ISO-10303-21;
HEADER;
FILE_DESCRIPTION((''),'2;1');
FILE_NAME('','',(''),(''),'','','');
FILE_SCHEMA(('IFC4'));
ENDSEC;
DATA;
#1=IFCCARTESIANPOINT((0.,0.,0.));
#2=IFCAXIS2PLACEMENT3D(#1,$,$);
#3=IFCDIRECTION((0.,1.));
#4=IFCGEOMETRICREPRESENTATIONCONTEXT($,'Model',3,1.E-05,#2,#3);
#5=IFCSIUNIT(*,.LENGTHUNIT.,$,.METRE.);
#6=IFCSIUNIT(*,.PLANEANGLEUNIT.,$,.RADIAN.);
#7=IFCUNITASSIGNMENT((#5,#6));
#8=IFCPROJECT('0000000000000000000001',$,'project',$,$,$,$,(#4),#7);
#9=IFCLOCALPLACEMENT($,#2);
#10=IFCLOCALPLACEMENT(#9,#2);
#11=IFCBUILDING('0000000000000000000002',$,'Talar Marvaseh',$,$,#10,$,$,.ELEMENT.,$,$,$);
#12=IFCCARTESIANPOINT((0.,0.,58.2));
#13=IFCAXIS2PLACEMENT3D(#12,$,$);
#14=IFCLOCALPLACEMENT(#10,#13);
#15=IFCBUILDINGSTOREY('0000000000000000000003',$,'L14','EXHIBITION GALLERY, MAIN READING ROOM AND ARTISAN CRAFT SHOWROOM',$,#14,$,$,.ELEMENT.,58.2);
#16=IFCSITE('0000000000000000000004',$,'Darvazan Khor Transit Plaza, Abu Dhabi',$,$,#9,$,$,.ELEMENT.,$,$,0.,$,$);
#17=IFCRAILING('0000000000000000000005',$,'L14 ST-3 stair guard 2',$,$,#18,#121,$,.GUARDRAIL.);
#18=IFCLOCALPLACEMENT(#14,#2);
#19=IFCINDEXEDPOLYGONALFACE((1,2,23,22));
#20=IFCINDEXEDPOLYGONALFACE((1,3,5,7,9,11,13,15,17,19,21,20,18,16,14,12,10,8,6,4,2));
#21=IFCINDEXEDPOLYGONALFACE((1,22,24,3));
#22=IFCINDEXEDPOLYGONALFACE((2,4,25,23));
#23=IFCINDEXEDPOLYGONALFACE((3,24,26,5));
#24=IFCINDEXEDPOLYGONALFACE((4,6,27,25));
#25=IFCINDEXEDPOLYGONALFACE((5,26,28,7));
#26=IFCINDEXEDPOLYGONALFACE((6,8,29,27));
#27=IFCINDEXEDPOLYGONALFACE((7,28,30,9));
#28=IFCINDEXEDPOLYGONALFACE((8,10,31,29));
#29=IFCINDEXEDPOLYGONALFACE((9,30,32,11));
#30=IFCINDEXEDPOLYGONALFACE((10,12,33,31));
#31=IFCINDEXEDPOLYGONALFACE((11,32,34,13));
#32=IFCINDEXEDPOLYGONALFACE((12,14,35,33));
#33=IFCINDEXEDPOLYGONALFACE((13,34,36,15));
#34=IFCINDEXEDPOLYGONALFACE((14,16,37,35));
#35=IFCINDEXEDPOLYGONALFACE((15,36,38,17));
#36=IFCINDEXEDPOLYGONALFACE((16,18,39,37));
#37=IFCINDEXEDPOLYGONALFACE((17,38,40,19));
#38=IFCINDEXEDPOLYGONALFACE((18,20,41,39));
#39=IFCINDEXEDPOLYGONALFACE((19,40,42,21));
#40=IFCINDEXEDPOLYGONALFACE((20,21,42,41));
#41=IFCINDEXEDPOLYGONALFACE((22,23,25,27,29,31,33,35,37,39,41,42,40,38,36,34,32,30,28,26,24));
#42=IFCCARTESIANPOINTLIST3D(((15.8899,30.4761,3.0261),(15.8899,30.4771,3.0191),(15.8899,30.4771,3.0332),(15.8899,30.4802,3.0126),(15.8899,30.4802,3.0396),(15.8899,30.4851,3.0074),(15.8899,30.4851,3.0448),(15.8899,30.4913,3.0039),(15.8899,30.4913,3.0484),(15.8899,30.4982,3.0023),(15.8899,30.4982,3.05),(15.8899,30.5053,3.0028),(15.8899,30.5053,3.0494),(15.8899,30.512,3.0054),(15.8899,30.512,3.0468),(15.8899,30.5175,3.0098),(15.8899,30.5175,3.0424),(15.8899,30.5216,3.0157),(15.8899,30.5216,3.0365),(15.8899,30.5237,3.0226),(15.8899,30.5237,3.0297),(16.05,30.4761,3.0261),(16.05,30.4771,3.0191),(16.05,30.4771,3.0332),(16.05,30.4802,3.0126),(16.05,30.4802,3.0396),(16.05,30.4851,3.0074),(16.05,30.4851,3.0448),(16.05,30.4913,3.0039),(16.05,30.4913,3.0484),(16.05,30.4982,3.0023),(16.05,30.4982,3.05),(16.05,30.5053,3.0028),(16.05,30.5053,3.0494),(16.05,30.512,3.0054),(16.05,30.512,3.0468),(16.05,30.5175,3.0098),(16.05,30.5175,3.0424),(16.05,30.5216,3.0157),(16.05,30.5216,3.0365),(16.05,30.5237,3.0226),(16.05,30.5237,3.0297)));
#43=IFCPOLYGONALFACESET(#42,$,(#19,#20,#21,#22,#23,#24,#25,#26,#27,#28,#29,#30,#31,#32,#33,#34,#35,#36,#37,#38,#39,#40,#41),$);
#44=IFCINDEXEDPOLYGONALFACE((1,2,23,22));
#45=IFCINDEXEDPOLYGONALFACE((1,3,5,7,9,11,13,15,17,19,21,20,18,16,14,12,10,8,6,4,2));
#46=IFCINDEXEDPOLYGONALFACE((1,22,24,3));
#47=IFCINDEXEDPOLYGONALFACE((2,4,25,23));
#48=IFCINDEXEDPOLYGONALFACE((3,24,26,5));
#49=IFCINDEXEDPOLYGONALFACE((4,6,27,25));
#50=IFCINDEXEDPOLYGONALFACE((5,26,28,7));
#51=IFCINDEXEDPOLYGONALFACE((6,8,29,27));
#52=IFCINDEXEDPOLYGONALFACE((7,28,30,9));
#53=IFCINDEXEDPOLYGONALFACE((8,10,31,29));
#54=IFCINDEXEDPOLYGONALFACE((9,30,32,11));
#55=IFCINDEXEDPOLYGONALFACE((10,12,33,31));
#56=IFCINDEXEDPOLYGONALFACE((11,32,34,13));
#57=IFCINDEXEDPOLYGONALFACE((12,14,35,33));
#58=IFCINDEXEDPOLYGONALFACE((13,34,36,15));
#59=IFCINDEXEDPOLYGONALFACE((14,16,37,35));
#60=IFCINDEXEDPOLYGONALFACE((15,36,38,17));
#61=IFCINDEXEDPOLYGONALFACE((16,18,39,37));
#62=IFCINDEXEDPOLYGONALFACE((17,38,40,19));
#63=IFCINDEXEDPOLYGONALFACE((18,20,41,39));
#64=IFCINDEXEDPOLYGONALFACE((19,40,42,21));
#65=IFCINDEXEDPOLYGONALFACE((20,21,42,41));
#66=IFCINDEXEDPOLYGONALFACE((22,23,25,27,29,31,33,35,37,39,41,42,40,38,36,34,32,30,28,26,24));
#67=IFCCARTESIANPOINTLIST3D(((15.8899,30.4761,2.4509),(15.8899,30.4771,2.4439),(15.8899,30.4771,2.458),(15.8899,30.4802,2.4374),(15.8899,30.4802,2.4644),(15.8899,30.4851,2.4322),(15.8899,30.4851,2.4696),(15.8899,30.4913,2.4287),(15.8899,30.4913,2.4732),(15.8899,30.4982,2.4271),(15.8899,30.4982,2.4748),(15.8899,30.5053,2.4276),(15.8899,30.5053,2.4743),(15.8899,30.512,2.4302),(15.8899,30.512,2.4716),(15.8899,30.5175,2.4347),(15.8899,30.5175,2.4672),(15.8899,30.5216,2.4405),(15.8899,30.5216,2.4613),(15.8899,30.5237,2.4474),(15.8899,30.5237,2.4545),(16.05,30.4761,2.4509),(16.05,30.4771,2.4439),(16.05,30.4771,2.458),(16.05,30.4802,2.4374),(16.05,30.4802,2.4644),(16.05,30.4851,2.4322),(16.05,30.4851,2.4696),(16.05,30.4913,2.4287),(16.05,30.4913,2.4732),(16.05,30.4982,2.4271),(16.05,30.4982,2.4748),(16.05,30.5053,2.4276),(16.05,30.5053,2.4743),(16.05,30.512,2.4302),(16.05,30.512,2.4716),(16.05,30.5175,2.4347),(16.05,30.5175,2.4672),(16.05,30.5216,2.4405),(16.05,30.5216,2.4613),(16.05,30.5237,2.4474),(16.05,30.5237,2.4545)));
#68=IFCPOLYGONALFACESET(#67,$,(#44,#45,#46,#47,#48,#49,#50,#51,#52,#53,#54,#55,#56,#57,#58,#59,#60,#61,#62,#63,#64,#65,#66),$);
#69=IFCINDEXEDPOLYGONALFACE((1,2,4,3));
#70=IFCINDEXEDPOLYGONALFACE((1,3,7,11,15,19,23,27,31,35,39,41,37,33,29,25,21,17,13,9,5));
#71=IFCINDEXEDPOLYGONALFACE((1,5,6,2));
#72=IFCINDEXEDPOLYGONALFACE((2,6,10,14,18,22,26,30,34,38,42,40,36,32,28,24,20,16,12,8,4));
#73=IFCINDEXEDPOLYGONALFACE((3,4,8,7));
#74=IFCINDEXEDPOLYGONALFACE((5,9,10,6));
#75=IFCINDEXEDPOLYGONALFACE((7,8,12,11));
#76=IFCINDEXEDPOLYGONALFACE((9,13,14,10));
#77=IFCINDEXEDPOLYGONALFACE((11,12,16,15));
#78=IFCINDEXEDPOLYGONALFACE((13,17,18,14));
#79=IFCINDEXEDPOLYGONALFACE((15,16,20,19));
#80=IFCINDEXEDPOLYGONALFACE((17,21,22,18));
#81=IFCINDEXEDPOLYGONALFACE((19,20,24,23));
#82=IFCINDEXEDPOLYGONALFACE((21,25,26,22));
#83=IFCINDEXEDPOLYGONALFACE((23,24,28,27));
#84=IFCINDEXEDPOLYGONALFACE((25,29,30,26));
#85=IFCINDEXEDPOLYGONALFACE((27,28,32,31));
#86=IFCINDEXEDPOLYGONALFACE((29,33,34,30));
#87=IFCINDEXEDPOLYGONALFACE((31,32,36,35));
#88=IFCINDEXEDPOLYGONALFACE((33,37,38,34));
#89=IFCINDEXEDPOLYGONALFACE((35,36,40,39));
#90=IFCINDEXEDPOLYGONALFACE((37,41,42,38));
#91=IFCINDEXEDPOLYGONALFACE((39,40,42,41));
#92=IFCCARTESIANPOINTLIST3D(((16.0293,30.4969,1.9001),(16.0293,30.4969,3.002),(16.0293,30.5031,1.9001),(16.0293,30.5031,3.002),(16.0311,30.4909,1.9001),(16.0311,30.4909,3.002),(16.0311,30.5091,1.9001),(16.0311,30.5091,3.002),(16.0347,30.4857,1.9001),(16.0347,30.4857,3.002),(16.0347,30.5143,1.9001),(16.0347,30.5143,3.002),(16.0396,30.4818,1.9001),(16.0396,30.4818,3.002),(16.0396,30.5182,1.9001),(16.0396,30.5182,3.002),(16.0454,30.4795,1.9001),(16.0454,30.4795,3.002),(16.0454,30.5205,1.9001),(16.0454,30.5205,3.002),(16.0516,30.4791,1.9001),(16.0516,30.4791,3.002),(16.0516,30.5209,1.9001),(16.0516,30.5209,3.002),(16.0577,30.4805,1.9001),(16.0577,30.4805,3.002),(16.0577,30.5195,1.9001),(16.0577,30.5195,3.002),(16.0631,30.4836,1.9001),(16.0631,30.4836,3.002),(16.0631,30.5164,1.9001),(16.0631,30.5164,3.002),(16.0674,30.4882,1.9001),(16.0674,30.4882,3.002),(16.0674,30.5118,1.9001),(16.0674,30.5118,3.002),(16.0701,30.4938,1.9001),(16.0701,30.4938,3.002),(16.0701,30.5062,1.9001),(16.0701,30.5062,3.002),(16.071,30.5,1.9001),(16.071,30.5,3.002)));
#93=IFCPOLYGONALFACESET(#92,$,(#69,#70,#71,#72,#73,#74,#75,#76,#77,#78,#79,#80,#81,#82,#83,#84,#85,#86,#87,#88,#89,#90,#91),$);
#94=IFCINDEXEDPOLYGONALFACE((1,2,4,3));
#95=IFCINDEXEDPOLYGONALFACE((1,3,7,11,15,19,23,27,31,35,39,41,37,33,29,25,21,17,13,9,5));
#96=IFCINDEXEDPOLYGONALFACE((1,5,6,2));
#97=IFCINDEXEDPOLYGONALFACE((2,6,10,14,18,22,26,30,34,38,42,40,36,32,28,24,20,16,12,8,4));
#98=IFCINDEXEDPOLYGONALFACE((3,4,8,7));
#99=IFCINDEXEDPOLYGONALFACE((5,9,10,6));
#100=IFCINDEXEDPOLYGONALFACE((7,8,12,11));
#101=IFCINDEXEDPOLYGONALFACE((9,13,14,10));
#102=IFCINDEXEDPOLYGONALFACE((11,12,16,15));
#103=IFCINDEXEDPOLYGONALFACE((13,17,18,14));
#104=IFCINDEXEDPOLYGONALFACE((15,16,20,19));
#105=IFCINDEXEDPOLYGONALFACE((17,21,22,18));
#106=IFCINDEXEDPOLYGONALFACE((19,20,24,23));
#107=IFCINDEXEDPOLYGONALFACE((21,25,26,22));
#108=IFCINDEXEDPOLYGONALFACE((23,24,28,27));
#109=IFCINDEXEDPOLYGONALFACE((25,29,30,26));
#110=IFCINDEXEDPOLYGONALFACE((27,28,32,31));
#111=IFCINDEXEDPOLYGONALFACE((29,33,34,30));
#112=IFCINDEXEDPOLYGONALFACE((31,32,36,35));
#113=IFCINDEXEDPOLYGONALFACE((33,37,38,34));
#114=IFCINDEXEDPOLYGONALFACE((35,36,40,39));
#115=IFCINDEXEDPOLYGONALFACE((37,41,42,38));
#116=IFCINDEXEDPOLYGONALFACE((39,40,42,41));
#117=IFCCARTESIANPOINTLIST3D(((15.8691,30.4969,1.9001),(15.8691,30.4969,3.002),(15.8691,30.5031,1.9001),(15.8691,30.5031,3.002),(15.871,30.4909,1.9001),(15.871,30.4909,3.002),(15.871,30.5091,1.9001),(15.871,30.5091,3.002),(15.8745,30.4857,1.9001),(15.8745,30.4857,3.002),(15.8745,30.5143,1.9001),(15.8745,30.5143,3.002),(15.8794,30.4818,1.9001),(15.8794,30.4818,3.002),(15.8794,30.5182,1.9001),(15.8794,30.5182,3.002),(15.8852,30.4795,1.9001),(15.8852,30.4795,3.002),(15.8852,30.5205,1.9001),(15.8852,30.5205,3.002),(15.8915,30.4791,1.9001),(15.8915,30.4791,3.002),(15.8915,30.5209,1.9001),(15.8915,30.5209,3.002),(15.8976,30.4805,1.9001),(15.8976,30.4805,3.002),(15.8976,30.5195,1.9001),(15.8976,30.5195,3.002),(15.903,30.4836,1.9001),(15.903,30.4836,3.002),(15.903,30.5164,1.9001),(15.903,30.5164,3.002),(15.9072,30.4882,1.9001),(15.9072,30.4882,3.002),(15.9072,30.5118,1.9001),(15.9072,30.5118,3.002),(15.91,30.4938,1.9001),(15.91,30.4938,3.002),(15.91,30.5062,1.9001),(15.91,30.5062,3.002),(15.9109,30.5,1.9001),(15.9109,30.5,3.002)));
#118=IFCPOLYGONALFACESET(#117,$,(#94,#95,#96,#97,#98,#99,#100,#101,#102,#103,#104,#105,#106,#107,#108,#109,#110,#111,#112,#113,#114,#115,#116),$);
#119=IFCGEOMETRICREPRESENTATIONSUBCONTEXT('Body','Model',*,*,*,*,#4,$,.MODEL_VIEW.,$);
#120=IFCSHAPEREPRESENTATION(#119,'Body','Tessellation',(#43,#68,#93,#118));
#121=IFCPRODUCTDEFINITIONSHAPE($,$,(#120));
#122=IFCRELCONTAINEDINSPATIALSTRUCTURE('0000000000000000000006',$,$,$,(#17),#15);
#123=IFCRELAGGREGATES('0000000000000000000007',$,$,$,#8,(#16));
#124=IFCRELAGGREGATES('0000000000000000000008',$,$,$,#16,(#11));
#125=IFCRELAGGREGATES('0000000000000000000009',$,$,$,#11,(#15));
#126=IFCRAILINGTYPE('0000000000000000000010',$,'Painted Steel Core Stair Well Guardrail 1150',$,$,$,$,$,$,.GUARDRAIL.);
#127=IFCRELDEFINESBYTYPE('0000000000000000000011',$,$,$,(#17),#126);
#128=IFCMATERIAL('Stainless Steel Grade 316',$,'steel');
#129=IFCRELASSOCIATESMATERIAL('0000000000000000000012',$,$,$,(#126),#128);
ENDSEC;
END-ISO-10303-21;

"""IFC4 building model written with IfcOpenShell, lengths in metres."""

from ifc_helpers import new_model, si_unit, direction, frame, origin, origin_2d, place, context, subcontext, project, spatial, circle, extrude, material, type_object, element, save


model = new_model("IFC4")

# Units and contexts
model_context = context("Model", 3, precision=1e-05, world=origin(), true_north=direction((0.0, 1.0)))
body_context = subcontext(model_context, "Body", "Model", "MODEL_VIEW")
ifc_project = project(units=[si_unit("LENGTHUNIT", "METRE"), si_unit("PLANEANGLEUNIT", "RADIAN")], contexts=[model_context])

# Site, building, storey
site_placement = place(None, origin())
site = spatial("IfcSite", under=ifc_project, at=site_placement, Name="Darvazan Khor Transit Plaza, Abu Dhabi", CompositionType="ELEMENT", RefElevation=0.0)
building_placement = place(site_placement, origin())
building = spatial("IfcBuilding", under=site, at=building_placement, Name="Talar Marvaseh", CompositionType="ELEMENT")
storey_placement = place(building_placement, frame((0.0, 0.0, 58.2)))
storey = spatial("IfcBuildingStorey", under=building, at=storey_placement, Name="L14", Description="EXHIBITION GALLERY, MAIN READING ROOM AND ARTISAN CRAFT SHOWROOM", CompositionType="ELEMENT", Elevation=58.2)

# Railing
ifc_material_1 = material(Name="Stainless Steel Grade 316", Category="steel")
railing_type_1 = type_object("IfcRailingType", Name="Painted Steel Core Stair Well Guardrail 1150", PredefinedType="GUARDRAIL", material=ifc_material_1)
railing_1_placement = place(storey_placement, frame((16.05, 30.5, 1.9001)))
element("IfcRailing", 1, at=railing_1_placement, inside=storey, type_object=railing_type_1, Name="L14 ST-3 stair guard 2", PredefinedType="GUARDRAIL", context=body_context, shape_type="SweptSolid", body=[
    extrude(circle(Radius=0.0239, at=origin_2d()), frame((0.0, 0.0, 1.126), z_axis=(-1.0, 0.0, 0.0), x_axis=(0.0, -1.0, 0.0)), (0.0, 0.0, 1.0), 0.1602),
    extrude(circle(Radius=0.0239, at=origin_2d()), frame((0.0, 0.0, 0.5508), z_axis=(-1.0, 0.0, 0.0), x_axis=(0.0, -1.0, 0.0)), (0.0, 0.0, 1.0), 0.1602),
    extrude(circle(Radius=0.021, at=origin_2d()), origin(), (0.0, 0.0, 1.0), 1.1018),
    extrude(circle(Radius=0.021, at=origin_2d()), frame((-0.1602, 0.0, 0.0)), (0.0, 0.0, 1.0), 1.1018),
])

save(model, "model.ifc")
